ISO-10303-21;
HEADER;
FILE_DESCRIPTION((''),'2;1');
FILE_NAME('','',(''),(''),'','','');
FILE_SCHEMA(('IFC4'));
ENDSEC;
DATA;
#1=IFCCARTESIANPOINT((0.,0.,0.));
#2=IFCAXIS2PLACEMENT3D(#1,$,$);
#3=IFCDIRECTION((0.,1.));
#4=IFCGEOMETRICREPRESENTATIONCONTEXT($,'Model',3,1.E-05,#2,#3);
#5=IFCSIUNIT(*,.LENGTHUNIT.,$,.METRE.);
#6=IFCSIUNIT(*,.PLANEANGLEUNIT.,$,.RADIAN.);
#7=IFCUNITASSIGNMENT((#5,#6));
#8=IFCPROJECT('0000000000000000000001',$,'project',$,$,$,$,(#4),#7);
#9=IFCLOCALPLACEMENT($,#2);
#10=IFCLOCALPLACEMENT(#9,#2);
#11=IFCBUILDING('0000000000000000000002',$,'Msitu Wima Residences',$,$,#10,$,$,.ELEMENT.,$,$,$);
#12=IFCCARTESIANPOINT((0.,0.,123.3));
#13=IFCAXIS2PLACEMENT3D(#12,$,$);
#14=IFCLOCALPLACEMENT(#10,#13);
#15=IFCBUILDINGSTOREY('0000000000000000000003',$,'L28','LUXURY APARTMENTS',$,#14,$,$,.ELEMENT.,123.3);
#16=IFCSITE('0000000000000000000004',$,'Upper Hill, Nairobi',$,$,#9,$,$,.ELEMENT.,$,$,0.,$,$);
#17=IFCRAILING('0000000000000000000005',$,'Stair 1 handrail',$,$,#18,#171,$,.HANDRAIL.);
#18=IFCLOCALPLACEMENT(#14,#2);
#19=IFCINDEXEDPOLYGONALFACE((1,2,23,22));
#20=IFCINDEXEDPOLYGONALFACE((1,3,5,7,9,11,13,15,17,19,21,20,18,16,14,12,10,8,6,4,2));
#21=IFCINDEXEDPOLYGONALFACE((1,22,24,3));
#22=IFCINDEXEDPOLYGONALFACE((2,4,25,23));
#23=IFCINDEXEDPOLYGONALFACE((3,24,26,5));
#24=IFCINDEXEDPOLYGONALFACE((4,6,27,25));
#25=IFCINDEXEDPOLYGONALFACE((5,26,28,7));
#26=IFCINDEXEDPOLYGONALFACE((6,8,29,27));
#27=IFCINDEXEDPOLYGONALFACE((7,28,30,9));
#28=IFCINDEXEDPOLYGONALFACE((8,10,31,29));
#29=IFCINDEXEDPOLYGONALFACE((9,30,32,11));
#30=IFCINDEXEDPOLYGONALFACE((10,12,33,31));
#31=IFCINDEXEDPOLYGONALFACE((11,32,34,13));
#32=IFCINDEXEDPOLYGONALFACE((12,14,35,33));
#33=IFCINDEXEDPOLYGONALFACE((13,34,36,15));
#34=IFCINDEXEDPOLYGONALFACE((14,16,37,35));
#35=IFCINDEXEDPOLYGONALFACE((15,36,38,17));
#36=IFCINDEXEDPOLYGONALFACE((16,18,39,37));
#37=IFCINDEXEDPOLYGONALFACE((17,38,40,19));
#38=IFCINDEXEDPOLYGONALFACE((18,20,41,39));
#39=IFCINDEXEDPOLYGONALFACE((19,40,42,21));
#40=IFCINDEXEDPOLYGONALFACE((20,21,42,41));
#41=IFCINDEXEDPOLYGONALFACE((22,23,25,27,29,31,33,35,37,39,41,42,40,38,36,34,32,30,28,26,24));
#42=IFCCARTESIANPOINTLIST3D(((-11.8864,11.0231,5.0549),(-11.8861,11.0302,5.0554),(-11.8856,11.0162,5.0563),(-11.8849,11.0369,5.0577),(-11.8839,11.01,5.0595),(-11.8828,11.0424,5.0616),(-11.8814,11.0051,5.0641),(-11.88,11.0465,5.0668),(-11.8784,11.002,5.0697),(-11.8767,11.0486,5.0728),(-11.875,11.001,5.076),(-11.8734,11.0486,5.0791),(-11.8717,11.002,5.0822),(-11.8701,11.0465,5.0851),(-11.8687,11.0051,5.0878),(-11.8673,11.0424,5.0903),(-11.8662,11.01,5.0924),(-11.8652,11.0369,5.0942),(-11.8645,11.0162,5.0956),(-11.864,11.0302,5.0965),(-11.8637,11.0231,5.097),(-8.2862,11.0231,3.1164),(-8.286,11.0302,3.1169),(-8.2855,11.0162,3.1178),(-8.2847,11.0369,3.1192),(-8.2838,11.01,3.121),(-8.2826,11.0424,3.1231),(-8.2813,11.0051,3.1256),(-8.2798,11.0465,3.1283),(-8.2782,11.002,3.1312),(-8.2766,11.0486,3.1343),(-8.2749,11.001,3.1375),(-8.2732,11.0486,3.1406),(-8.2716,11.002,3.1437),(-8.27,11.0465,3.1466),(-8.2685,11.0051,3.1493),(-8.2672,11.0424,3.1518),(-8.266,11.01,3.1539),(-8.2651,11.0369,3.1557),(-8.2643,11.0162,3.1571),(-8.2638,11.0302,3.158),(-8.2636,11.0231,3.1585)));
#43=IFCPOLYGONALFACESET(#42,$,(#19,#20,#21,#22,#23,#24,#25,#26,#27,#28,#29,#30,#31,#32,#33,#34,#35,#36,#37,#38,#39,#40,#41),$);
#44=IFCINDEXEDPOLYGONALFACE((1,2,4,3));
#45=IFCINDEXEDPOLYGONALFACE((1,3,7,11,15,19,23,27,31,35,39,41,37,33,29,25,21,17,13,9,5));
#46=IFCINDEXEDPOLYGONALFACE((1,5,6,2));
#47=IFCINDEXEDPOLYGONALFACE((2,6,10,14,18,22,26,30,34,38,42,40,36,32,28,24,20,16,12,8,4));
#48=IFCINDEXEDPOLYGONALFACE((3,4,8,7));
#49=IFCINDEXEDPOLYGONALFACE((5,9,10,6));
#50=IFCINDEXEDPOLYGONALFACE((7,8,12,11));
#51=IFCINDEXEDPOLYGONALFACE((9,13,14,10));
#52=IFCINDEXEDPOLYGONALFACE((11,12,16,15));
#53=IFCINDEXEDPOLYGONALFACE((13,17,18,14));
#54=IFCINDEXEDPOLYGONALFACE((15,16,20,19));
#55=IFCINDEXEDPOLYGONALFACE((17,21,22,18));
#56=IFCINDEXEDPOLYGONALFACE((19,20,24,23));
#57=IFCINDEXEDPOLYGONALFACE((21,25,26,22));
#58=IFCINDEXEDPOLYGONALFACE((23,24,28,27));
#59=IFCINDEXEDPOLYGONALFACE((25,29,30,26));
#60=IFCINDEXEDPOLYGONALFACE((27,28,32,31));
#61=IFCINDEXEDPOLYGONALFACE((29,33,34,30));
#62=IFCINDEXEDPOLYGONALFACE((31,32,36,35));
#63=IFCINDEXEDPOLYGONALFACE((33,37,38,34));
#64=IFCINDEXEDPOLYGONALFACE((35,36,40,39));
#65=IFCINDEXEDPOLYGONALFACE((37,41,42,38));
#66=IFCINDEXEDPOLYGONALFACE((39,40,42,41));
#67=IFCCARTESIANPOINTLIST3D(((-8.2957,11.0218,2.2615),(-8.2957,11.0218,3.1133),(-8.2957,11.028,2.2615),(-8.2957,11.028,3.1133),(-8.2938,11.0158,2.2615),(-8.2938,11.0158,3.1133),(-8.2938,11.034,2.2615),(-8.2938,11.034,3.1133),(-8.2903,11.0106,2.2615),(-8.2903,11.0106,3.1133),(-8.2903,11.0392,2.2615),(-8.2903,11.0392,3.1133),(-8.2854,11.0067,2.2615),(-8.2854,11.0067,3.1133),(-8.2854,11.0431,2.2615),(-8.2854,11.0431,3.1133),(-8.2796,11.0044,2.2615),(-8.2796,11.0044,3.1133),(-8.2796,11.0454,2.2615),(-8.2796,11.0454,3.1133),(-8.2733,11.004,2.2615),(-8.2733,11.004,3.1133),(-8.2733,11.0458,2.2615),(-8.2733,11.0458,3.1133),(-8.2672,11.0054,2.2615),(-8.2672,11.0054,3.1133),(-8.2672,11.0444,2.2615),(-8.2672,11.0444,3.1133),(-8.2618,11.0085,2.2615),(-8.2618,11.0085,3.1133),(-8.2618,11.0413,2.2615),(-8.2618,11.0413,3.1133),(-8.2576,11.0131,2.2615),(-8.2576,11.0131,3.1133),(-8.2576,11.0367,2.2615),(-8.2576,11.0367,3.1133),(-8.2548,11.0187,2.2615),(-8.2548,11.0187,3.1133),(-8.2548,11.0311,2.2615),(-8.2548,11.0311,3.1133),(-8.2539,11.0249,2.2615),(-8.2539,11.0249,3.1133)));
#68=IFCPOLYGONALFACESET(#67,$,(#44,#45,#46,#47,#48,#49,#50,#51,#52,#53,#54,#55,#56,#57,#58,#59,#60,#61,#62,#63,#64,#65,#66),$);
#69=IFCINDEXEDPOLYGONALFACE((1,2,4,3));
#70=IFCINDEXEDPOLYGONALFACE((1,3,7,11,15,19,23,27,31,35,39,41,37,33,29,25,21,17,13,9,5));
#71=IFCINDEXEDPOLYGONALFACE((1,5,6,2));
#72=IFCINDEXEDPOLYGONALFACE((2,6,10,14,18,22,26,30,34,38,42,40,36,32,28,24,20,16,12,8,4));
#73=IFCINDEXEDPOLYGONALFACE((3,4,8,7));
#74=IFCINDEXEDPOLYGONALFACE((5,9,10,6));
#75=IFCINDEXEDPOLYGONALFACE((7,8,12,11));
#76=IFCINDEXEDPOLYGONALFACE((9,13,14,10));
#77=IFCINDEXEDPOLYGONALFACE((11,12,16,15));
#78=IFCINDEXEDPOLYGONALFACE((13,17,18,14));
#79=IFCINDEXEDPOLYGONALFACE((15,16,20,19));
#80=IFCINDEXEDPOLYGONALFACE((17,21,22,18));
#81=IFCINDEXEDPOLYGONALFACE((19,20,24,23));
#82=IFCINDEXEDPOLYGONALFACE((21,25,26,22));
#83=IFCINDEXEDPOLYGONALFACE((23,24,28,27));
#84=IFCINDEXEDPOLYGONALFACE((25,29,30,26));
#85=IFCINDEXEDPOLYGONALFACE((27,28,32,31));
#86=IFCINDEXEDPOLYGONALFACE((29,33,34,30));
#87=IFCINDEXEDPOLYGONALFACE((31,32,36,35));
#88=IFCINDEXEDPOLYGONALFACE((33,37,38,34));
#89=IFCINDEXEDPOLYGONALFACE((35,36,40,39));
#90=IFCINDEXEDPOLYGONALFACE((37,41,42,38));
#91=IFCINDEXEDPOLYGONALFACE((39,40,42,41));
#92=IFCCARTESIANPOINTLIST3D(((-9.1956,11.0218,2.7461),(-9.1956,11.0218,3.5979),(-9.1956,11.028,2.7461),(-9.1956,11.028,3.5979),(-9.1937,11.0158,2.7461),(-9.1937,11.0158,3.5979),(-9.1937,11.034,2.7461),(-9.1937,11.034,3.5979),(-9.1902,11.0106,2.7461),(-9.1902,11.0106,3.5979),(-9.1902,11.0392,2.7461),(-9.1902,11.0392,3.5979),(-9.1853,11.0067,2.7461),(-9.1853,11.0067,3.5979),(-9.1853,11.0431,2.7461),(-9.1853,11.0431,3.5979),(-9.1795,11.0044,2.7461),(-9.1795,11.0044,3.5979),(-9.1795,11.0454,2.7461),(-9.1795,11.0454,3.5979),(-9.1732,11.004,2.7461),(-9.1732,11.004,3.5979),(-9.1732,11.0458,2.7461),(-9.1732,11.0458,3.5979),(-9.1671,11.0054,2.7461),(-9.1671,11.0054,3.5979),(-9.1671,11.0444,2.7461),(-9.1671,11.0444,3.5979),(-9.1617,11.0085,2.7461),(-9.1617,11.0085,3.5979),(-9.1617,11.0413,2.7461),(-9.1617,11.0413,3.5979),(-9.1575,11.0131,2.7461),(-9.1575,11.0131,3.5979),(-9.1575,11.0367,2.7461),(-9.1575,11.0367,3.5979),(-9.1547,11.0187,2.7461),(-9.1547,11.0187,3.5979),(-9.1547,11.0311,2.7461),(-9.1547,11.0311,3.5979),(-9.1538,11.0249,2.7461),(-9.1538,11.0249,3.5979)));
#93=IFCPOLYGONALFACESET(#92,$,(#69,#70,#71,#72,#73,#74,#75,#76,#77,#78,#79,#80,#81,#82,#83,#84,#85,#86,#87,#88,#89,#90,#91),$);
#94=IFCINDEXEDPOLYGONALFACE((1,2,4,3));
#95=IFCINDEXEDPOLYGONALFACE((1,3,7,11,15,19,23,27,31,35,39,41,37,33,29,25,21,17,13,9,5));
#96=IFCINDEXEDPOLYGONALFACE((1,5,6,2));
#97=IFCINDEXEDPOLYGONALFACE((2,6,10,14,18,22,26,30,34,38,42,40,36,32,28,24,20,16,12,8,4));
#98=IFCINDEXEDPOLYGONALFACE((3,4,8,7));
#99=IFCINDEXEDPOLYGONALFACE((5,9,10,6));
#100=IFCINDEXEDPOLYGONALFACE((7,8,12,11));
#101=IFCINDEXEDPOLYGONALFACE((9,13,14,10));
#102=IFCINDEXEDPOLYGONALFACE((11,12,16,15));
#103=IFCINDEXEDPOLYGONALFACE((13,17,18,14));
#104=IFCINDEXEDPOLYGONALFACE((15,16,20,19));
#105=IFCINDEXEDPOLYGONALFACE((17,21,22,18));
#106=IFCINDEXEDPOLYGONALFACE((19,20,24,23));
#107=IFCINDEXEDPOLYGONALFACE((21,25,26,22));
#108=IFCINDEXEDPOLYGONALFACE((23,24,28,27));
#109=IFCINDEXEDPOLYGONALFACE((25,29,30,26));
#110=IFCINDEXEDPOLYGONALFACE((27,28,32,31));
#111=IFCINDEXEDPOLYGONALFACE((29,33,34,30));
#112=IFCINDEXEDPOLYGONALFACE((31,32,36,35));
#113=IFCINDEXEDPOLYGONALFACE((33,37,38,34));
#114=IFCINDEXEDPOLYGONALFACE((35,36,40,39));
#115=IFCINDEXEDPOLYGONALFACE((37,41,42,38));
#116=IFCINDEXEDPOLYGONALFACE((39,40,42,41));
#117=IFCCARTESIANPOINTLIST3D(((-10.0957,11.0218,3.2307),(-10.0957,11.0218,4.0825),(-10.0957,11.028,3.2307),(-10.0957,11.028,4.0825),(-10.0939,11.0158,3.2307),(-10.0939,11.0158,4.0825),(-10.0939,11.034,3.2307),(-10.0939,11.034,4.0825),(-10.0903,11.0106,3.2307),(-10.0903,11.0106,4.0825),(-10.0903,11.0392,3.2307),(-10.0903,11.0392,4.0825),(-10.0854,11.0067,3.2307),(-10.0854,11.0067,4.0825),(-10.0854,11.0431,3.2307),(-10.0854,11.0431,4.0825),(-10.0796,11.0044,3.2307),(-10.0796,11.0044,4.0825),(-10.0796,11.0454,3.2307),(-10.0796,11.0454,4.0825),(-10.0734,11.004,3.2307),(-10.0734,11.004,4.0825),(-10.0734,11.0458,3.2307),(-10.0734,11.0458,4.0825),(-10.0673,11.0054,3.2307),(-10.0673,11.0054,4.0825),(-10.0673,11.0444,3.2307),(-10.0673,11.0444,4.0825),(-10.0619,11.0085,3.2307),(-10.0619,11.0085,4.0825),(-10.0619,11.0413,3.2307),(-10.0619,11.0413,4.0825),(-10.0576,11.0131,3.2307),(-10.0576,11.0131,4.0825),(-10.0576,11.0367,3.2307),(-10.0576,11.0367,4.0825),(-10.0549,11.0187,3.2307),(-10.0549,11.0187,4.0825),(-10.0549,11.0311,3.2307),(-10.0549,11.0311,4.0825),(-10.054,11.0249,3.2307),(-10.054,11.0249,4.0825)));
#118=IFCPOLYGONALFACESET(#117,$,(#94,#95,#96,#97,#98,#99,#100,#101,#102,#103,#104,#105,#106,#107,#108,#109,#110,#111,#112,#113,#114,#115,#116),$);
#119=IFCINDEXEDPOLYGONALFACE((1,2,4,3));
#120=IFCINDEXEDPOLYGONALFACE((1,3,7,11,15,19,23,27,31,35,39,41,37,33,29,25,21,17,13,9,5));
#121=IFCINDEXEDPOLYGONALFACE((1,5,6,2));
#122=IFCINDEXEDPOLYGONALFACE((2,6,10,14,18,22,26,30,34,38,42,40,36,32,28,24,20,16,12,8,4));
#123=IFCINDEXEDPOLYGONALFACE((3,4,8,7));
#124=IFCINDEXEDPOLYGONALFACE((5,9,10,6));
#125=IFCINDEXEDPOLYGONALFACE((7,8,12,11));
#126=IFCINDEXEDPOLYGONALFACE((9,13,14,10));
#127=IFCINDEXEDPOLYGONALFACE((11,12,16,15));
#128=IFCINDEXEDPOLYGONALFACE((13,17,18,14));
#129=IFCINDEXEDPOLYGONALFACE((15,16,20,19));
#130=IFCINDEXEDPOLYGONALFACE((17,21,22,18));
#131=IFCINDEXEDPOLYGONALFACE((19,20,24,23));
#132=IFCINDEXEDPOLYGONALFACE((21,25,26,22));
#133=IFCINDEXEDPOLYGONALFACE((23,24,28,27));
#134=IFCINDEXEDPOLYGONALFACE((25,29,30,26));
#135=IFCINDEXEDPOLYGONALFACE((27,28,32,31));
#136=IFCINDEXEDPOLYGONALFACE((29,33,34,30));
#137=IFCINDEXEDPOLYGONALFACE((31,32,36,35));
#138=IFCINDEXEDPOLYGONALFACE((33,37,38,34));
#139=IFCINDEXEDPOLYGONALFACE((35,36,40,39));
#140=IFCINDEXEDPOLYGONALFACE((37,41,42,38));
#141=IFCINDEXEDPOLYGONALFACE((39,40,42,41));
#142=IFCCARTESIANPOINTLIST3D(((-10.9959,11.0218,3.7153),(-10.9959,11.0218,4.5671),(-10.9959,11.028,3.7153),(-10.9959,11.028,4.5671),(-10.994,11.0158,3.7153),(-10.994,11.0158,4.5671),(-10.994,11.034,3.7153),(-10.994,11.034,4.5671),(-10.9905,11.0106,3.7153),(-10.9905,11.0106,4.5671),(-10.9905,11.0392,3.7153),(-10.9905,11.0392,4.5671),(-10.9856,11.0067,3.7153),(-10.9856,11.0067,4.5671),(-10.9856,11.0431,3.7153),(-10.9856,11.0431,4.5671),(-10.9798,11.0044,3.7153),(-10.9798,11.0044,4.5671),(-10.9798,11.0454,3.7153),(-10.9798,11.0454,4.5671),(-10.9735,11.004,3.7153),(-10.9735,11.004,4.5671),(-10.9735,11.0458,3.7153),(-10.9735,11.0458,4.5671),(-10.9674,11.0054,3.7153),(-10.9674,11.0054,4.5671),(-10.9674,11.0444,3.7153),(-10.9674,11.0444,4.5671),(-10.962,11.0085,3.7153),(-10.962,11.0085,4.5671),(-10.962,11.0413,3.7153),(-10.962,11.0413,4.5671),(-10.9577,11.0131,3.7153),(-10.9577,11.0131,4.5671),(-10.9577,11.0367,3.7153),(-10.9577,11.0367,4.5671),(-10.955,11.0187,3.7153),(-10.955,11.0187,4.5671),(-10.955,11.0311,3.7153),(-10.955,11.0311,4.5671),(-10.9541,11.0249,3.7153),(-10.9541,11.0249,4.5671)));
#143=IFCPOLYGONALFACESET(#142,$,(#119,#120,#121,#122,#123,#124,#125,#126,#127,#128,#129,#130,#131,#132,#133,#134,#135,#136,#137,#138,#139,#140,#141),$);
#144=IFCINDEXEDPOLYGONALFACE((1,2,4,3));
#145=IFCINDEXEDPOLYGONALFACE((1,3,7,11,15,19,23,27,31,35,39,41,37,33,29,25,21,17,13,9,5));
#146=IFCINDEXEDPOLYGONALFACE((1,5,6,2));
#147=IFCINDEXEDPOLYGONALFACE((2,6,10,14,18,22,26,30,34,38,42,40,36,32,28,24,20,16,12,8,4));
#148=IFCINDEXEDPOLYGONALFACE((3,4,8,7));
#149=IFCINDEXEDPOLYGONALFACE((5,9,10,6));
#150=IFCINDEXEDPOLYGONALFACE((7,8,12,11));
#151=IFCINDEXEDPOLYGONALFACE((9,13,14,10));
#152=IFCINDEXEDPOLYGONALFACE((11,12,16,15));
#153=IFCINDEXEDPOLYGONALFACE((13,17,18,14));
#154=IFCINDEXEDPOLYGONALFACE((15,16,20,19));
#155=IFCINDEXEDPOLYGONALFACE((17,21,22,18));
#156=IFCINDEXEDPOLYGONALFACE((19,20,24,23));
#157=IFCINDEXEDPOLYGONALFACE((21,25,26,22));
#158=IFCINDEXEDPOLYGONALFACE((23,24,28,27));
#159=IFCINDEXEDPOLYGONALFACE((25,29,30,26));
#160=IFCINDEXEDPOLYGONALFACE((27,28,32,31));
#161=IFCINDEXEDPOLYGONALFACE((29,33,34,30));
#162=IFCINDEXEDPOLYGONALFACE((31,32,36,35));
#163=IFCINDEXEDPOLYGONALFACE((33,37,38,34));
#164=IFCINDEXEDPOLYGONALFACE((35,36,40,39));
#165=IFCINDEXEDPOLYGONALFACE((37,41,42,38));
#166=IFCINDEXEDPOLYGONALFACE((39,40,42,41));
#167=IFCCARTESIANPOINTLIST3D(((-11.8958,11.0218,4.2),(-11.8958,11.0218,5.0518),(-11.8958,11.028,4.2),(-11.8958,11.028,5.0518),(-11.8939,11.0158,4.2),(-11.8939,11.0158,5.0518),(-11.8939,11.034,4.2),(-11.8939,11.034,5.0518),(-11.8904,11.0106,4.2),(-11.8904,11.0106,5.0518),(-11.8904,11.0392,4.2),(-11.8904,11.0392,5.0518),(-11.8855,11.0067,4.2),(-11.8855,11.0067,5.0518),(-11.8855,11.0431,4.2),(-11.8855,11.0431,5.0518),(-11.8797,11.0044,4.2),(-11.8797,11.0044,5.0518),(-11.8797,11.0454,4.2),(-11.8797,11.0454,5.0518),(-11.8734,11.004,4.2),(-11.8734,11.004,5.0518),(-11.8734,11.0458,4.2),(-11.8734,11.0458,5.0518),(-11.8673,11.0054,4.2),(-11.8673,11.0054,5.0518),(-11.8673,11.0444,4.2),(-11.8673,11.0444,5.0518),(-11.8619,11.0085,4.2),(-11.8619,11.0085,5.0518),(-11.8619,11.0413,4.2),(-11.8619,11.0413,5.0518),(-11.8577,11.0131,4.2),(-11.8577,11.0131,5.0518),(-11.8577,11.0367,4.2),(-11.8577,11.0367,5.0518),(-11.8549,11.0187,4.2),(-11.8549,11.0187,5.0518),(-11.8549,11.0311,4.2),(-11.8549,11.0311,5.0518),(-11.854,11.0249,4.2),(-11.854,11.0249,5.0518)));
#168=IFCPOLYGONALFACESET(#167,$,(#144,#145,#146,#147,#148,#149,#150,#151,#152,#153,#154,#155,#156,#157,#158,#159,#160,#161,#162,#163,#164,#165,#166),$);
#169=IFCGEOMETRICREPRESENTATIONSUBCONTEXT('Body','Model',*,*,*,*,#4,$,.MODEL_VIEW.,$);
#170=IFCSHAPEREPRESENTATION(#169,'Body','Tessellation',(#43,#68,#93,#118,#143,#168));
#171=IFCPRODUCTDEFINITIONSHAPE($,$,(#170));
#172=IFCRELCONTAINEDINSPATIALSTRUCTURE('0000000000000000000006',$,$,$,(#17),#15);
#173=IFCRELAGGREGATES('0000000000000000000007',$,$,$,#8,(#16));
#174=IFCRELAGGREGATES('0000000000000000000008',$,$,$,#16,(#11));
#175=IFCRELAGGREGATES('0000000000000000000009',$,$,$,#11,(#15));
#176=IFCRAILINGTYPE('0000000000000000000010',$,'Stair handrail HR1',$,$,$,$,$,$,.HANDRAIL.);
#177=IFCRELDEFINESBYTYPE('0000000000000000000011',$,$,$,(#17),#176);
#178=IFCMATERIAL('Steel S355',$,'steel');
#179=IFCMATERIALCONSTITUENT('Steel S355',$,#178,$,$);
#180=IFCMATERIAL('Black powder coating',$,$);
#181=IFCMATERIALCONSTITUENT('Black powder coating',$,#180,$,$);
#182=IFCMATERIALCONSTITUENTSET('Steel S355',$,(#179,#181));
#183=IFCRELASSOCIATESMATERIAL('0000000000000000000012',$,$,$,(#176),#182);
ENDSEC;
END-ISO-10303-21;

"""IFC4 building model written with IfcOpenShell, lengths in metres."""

from ifc_helpers import new_model, si_unit, direction, frame, origin, origin_2d, place, context, subcontext, project, spatial, circle, extrude, material, constituent, constituent_set, type_object, element, save


model = new_model("IFC4")

# Units and contexts
model_context = context("Model", 3, precision=1e-05, world=origin(), true_north=direction((0.0, 1.0)))
body_context = subcontext(model_context, "Body", "Model", "MODEL_VIEW")
ifc_project = project(units=[si_unit("LENGTHUNIT", "METRE"), si_unit("PLANEANGLEUNIT", "RADIAN")], contexts=[model_context])

# Site, building, storey
site_placement = place(None, origin())
site = spatial("IfcSite", under=ifc_project, at=site_placement, Name="Upper Hill, Nairobi", CompositionType="ELEMENT", RefElevation=0.0)
building_placement = place(site_placement, origin())
building = spatial("IfcBuilding", under=site, at=building_placement, Name="Msitu Wima Residences", CompositionType="ELEMENT")
storey_placement = place(building_placement, frame((0.0, 0.0, 123.3)))
storey = spatial("IfcBuildingStorey", under=building, at=storey_placement, Name="L28", Description="LUXURY APARTMENTS", CompositionType="ELEMENT", Elevation=123.3)

# Railing
ifc_material_1 = material(Name="Steel S355", Category="steel")
ifc_constituent_1 = constituent(ifc_material_1, Name="Steel S355")
ifc_material_2 = material(Name="Black powder coating")
ifc_constituent_2 = constituent(ifc_material_2, Name="Black powder coating")
ifc_constituent_set = constituent_set(constituents=[ifc_constituent_1, ifc_constituent_2], Name="Steel S355")
railing_type = type_object("IfcRailingType", Name="Stair handrail HR1", PredefinedType="HANDRAIL", material=ifc_constituent_set)
for number, where, name in (
    (1, (-8.2749, 11.0249, 2.2615), "Stair 1 handrail"),
):
    element("IfcRailing", number, at=place(storey_placement, frame(where)), inside=storey, type_object=railing_type, Name=name, PredefinedType="HANDRAIL", context=body_context, shape_type="SweptSolid", body=[
        extrude(circle(Radius=0.0239, at=origin_2d()), frame((0.0, 0.0, 0.876), z_axis=(-0.880475, 0.0, 0.474093), x_axis=(0.0, -1.0, 0.0)), (0.0, 0.0, 1.0), 4.0889),
        extrude(circle(Radius=0.021, at=origin_2d()), origin(), (0.0, 0.0, 1.0), 0.8518),
        extrude(circle(Radius=0.021, at=origin_2d()), frame((-0.8999, 0.0, 0.4846)), (0.0, 0.0, 1.0), 0.8518),
        extrude(circle(Radius=0.021, at=origin_2d()), frame((-1.8, 0.0, 0.9692)), (0.0, 0.0, 1.0), 0.8518),
        extrude(circle(Radius=0.021, at=origin_2d()), frame((-2.7002, 0.0, 1.4539)), (0.0, 0.0, 1.0), 0.8518),
        extrude(circle(Radius=0.021, at=origin_2d()), frame((-3.6001, 0.0, 1.9385)), (0.0, 0.0, 1.0), 0.8518),
    ])

save(model, "model.ifc")
